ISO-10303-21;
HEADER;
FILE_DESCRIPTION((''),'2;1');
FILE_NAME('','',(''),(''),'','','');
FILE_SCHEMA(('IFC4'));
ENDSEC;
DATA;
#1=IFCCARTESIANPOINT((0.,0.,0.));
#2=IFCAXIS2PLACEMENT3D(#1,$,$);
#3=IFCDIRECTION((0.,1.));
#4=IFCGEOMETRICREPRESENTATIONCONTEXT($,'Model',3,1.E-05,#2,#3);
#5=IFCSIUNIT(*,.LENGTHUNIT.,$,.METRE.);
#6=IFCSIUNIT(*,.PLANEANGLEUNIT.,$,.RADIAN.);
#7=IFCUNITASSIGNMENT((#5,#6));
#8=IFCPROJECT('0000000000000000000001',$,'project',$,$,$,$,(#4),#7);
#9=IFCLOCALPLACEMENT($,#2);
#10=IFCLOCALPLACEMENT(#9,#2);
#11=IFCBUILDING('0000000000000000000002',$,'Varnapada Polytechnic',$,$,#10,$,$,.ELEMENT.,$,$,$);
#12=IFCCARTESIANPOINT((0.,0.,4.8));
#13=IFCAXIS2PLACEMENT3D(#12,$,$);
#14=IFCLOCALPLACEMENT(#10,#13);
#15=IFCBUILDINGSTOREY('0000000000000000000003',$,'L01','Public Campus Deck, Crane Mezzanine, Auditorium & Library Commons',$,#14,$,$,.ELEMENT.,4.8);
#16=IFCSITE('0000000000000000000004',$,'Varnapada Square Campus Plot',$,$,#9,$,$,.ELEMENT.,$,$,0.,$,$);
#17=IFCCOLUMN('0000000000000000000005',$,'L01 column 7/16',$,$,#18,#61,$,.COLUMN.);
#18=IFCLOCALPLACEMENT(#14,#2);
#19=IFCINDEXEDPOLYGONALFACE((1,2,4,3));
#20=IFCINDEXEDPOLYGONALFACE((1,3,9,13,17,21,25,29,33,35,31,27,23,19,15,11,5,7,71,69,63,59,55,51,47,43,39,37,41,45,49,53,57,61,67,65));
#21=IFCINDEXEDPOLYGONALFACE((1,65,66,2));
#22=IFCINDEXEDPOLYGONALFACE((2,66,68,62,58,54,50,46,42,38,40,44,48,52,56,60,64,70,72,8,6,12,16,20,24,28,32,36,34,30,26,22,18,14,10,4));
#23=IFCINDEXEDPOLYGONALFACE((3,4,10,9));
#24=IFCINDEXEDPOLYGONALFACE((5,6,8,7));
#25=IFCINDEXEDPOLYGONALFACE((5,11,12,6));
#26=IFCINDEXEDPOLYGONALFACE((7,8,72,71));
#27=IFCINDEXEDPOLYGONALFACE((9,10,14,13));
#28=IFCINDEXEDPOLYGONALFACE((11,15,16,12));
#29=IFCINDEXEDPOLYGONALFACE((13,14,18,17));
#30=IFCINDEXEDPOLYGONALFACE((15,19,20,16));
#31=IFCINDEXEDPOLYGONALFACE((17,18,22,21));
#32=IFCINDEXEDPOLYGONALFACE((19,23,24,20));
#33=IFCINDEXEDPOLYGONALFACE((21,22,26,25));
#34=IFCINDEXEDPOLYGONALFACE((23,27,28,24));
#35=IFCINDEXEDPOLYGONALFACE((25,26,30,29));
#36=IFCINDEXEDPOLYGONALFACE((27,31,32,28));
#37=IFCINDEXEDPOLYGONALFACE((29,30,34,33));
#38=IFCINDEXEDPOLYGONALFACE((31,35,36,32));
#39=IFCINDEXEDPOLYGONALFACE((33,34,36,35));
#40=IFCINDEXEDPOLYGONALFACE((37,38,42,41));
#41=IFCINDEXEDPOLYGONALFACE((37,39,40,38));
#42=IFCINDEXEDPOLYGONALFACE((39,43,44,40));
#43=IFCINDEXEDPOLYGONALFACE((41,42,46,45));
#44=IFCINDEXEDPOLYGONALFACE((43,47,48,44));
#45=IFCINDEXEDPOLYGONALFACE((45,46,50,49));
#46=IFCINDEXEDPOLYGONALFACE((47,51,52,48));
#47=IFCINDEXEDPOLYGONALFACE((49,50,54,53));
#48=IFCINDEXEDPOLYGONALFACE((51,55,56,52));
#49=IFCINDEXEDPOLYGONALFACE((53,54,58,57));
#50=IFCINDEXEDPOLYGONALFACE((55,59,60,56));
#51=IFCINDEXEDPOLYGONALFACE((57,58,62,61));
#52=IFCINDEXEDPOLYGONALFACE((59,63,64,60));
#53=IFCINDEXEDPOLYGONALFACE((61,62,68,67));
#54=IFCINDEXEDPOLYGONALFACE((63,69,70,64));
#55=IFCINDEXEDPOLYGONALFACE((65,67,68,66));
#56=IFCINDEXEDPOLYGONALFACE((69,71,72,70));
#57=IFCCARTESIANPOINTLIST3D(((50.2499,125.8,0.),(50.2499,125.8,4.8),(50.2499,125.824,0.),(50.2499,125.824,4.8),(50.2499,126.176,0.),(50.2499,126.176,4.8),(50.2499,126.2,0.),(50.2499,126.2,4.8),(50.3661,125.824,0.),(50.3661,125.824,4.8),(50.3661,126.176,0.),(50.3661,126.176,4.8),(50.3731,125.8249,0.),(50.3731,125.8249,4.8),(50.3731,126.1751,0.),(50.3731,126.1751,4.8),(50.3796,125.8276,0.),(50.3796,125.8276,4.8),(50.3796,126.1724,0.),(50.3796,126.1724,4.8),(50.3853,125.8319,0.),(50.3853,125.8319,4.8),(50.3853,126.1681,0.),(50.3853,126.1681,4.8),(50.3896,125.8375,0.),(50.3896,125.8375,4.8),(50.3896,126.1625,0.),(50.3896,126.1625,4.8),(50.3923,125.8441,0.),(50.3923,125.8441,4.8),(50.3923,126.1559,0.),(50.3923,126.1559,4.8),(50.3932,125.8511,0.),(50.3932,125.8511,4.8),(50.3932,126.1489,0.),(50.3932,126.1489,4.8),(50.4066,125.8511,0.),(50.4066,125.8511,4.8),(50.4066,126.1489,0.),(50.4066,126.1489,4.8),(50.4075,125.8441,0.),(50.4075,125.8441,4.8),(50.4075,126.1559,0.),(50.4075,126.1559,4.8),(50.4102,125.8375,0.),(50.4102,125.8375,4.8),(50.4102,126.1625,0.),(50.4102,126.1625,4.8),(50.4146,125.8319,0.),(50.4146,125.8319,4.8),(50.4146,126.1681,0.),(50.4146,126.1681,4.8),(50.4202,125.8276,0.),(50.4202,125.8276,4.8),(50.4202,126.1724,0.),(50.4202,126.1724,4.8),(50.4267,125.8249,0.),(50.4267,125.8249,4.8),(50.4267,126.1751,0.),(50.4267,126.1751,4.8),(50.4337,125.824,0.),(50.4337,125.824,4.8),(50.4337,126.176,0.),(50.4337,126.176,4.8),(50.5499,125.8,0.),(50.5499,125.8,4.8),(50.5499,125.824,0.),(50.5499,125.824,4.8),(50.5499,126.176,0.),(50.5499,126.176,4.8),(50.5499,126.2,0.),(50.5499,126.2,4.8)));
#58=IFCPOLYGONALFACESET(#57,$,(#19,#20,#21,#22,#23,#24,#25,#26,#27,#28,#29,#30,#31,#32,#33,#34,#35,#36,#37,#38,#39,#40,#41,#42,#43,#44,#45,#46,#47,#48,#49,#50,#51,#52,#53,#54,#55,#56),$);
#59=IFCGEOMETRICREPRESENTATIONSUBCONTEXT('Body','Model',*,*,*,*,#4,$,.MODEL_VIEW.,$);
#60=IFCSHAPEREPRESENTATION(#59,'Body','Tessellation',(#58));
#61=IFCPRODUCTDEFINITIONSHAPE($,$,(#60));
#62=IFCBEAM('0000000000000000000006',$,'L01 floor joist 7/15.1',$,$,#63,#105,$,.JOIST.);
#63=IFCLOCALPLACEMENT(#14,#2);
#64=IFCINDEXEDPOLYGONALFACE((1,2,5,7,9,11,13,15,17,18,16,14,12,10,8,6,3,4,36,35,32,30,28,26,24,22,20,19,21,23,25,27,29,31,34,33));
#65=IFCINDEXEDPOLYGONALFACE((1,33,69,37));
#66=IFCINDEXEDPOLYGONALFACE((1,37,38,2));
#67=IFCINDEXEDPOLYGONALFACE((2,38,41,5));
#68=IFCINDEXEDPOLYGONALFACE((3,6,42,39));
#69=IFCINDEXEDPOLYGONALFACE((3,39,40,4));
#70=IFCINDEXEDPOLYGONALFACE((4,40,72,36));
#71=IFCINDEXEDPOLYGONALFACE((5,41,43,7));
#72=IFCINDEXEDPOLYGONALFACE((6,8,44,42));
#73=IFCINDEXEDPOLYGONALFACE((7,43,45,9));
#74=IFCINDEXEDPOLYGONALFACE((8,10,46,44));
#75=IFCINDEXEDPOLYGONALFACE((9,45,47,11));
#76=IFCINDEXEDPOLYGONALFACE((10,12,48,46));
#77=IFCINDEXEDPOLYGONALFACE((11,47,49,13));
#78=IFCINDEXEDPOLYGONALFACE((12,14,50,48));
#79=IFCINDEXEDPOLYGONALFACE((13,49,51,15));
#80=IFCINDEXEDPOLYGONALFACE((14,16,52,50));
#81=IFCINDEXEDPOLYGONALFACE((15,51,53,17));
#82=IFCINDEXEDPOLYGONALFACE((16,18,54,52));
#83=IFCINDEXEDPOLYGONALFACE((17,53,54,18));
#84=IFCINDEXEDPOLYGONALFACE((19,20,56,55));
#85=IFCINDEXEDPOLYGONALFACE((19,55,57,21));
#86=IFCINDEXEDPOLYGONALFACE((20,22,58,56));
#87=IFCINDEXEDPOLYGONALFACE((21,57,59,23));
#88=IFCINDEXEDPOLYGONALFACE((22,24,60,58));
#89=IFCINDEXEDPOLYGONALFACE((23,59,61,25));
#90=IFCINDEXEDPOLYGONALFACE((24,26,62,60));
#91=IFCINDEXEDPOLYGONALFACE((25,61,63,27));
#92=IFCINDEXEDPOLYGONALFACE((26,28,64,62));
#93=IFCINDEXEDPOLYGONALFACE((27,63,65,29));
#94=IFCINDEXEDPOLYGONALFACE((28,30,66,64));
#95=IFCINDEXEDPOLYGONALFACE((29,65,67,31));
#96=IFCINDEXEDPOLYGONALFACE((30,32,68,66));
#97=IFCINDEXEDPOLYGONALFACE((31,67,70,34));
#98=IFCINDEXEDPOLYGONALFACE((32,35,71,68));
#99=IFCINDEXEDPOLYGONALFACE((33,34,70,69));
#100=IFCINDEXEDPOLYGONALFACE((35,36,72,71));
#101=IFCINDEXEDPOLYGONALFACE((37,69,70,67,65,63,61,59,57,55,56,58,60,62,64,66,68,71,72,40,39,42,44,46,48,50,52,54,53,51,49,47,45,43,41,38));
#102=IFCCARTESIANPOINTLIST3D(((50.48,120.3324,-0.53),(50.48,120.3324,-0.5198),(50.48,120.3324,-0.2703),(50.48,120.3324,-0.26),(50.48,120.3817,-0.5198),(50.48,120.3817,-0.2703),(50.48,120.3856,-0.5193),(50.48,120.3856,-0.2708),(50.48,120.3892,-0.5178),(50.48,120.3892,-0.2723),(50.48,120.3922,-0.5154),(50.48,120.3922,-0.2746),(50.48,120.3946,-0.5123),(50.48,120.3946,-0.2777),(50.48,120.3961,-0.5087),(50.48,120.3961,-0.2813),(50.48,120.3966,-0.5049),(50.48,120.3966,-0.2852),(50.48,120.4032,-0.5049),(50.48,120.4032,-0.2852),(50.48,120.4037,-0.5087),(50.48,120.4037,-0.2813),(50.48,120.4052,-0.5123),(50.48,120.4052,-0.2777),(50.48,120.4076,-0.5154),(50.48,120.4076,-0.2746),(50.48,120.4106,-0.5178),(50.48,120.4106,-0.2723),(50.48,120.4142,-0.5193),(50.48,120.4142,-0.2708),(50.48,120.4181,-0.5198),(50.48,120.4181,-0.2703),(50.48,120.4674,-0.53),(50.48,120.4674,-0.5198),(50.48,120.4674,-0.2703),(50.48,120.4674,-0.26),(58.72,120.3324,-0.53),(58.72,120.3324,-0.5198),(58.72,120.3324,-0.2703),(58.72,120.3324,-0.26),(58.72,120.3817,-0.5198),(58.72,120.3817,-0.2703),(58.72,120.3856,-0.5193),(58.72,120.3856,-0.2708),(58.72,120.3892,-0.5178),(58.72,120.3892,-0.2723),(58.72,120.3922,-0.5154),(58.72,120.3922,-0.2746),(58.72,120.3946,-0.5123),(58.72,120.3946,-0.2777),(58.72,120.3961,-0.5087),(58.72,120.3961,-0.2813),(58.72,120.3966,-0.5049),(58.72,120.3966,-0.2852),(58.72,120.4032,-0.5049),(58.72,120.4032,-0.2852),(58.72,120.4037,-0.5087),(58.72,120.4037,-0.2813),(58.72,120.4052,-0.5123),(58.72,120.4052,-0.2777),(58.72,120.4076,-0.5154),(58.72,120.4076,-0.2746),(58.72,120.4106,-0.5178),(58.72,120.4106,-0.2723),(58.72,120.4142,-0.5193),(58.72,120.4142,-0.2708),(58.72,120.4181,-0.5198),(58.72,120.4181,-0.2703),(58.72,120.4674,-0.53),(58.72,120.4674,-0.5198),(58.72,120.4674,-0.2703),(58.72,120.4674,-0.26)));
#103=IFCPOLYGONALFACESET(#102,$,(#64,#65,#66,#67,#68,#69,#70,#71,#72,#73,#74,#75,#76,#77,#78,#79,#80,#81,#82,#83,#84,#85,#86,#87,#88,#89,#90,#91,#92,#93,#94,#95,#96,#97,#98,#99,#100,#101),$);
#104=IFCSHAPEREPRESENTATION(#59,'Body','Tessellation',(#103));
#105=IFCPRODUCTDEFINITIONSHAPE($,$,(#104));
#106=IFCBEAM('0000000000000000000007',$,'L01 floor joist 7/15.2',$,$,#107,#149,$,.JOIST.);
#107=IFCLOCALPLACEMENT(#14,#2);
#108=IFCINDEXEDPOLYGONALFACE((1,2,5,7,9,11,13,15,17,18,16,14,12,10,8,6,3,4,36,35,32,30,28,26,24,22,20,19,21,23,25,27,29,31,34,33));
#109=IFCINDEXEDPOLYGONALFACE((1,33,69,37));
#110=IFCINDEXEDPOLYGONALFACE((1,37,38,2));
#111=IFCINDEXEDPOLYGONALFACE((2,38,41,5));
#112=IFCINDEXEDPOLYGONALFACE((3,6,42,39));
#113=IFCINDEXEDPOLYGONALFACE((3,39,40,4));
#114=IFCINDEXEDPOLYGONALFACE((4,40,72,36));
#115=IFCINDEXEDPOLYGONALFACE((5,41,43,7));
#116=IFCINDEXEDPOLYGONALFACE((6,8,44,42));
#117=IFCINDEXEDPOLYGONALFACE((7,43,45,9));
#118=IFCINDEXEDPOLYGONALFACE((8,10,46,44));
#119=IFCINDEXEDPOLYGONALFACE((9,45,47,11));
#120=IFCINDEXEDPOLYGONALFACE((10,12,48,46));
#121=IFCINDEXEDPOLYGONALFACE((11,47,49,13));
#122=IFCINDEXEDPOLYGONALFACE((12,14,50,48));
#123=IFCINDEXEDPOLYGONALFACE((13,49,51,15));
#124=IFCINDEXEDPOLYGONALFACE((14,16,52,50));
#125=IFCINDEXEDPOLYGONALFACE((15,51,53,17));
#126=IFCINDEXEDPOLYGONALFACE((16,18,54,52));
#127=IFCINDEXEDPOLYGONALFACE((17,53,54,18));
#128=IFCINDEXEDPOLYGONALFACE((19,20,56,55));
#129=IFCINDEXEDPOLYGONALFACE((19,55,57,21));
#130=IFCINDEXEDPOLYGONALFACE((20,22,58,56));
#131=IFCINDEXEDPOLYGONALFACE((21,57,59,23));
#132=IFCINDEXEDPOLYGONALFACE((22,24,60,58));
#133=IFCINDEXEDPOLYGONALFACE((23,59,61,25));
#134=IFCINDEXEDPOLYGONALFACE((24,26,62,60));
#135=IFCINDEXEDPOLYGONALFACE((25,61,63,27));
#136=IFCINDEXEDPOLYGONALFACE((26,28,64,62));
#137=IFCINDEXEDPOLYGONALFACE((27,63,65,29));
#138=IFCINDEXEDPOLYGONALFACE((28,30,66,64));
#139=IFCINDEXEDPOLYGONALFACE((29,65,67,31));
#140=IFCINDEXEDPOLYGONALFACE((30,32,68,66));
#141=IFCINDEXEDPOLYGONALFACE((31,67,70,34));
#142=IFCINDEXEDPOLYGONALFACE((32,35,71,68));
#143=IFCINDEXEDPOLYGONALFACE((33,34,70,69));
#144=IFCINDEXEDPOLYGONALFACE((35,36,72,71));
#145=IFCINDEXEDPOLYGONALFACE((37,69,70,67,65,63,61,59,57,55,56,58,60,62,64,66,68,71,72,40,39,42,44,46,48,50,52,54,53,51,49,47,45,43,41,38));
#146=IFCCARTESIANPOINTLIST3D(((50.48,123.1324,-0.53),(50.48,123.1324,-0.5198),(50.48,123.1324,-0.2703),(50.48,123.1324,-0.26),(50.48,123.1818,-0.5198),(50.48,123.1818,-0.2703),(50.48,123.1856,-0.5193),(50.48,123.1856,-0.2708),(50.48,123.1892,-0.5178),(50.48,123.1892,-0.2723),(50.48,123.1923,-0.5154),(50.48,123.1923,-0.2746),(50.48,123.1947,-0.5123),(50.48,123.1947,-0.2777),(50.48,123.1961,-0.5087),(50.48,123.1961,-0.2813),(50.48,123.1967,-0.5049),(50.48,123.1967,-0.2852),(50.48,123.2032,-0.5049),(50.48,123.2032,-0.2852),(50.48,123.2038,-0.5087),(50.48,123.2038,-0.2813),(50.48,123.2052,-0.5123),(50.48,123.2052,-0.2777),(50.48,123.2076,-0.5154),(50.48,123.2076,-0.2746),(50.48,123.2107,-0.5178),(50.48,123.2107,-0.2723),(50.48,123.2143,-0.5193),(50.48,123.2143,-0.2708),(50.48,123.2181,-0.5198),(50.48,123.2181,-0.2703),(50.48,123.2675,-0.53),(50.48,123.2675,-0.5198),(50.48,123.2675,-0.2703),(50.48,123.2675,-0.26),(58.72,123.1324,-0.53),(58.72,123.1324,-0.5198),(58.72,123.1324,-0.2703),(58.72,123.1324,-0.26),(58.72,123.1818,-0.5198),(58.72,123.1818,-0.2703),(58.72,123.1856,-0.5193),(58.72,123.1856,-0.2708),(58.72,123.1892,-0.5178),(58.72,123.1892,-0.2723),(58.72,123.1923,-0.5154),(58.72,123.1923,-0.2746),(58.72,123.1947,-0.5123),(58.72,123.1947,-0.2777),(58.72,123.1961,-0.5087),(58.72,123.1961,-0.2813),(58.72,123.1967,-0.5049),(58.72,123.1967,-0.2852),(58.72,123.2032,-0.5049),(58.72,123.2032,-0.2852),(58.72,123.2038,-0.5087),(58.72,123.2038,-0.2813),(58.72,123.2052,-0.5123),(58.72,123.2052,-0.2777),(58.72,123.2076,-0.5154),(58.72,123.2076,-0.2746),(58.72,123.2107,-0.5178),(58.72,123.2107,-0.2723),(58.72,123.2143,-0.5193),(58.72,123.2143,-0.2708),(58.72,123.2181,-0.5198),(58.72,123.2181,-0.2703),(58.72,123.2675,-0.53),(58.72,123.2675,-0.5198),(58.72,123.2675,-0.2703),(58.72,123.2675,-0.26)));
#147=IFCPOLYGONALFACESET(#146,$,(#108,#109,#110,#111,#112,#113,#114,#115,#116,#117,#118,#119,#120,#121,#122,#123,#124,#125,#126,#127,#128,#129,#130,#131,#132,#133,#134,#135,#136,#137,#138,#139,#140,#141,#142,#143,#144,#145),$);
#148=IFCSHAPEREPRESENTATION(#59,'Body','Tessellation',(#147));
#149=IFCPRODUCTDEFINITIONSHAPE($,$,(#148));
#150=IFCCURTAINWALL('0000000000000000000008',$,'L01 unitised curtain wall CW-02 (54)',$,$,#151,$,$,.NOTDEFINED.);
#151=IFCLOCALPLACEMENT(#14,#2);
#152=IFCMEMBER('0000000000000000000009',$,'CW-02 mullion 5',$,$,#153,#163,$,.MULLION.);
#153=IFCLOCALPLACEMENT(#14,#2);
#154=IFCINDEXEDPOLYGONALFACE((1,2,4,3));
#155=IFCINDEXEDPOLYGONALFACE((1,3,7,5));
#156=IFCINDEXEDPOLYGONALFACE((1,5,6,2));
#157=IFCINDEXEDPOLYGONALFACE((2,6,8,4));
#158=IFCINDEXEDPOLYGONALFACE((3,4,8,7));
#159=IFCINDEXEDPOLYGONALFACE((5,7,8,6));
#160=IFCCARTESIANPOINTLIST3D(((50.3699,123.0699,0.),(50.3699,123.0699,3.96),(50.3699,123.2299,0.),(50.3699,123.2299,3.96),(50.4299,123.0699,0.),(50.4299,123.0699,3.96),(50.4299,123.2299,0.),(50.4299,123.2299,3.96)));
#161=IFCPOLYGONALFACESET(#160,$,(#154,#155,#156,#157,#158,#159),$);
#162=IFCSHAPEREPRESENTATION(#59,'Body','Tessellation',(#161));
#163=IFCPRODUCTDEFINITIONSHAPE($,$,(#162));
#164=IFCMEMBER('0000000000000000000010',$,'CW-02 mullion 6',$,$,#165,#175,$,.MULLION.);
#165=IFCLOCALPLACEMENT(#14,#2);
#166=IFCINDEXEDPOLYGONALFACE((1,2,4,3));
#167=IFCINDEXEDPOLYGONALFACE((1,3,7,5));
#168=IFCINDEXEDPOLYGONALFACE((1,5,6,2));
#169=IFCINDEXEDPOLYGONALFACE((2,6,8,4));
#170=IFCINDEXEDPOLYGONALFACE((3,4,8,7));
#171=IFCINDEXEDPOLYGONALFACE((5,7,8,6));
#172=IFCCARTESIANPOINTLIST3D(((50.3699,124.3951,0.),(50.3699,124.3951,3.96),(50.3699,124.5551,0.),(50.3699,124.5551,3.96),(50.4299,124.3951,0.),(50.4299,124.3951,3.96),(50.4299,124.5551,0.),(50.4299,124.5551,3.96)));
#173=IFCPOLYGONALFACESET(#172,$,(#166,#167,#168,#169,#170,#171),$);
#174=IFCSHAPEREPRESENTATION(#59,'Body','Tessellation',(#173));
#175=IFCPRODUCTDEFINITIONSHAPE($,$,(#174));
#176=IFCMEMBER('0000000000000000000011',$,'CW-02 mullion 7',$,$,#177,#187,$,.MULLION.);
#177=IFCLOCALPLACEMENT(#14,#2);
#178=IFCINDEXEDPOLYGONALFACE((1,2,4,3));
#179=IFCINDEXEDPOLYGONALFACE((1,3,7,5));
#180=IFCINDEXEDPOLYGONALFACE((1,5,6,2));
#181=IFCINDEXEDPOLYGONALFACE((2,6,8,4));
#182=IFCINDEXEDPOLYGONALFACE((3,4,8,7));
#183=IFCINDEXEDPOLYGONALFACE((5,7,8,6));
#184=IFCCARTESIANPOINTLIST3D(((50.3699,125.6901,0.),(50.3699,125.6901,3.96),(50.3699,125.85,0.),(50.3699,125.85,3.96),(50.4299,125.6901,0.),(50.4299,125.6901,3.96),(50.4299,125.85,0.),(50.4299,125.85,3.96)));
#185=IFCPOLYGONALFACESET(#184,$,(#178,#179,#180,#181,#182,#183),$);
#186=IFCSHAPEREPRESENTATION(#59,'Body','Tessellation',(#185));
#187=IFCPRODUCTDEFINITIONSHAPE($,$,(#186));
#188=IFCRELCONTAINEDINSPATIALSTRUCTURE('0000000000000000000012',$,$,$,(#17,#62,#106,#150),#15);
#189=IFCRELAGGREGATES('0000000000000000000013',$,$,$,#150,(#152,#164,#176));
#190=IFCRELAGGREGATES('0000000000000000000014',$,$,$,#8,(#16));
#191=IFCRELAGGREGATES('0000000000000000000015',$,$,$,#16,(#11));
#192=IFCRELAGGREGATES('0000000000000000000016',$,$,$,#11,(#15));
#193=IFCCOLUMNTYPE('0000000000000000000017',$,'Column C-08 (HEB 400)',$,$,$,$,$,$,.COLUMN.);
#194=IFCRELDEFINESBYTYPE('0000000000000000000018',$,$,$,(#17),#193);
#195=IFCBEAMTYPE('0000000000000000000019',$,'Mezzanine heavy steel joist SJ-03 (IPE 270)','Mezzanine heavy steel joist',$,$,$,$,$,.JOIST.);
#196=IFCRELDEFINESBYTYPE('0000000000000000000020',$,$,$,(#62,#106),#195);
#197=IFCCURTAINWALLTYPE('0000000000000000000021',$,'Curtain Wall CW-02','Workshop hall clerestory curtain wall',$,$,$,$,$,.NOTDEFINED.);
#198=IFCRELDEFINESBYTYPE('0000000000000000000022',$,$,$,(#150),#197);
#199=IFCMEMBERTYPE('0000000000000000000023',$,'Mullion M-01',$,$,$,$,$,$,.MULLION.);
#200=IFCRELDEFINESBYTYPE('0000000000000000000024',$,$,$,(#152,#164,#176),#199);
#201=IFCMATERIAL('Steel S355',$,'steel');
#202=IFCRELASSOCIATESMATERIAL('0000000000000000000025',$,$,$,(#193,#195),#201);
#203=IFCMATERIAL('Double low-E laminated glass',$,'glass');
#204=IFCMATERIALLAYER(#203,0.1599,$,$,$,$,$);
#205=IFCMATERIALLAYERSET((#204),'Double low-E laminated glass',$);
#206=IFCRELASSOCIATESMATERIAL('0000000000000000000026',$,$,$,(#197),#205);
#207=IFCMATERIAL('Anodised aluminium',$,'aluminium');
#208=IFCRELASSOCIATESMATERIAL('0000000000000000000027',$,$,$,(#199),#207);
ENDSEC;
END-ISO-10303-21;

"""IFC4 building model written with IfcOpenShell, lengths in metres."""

from ifc_helpers import new_model, si_unit, direction, frame, origin, origin_2d, place, context, subcontext, project, spatial, rectangle, i_section, extrude, material, layer, layer_set, material_profile, profile_set, type_object, element, aggregate, save


model = new_model("IFC4")

# Units and contexts
model_context = context("Model", 3, precision=1e-05, world=origin(), true_north=direction((0.0, 1.0)))
body_context = subcontext(model_context, "Body", "Model", "MODEL_VIEW")
ifc_project = project(units=[si_unit("LENGTHUNIT", "METRE"), si_unit("PLANEANGLEUNIT", "RADIAN")], contexts=[model_context])

# Site, building, storey
site_placement = place(None, origin())
site = spatial("IfcSite", under=ifc_project, at=site_placement, Name="Varnapada Square Campus Plot", CompositionType="ELEMENT", RefElevation=0.0)
building_placement = place(site_placement, origin())
building = spatial("IfcBuilding", under=site, at=building_placement, Name="Varnapada Polytechnic", CompositionType="ELEMENT")
storey_placement = place(building_placement, frame((0.0, 0.0, 4.8)))
storey = spatial("IfcBuildingStorey", under=building, at=storey_placement, Name="L01", Description="Public Campus Deck, Crane Mezzanine, Auditorium & Library Commons", CompositionType="ELEMENT", Elevation=4.8)

# Column
ifc_material_1 = material(Name="Steel S355", Category="steel")
ifc_material_profile_1 = material_profile(ifc_material_1, i_section(OverallWidth=0.3, OverallDepth=0.3999, WebThickness=0.0134, FlangeThickness=0.0239, FilletRadius=0.0271, at=origin_2d()), Name="HEB 400")
ifc_profile_set_1 = profile_set([ifc_material_profile_1], Name="Steel S355")
column_type = type_object("IfcColumnType", Name="Column C-08 (HEB 400)", PredefinedType="COLUMN", material=ifc_profile_set_1)
column_placement = place(storey_placement, frame((50.3999, 126.0, 0.0), z_axis=(0.0, 0.0, 1.0), x_axis=(1.0, 0.0, 0.0)))
element("IfcColumn", 1, at=column_placement, inside=storey, type_object=column_type, Name="L01 column 7/16", PredefinedType="COLUMN", context=body_context, shape_type="SweptSolid", body=[
    extrude(i_section(OverallWidth=0.3, OverallDepth=0.3999, WebThickness=0.0134, FlangeThickness=0.0239, FilletRadius=0.0271, at=origin_2d()), origin(), (0.0, 0.0, 1.0), 4.8),
])

# Beams
ifc_material_profile_2 = material_profile(ifc_material_1, i_section(OverallWidth=0.135, OverallDepth=0.27, WebThickness=0.0066, FlangeThickness=0.0103, FilletRadius=0.0149, at=origin_2d()), Name="IPE 270")
ifc_profile_set_2 = profile_set([ifc_material_profile_2], Name="Steel S355")
beam_type_1 = type_object("IfcBeamType", Name="Mezzanine heavy steel joist SJ-03 (IPE 270)", Description="Mezzanine heavy steel joist", PredefinedType="JOIST", material=ifc_profile_set_2)
for number, where, z_axis, x_axis, name in (
    (2, (50.48, 120.3999, -0.395), (1.0, 0.0, 0.0), (0.0, 1.0, 0.0), "L01 floor joist 7/15.1"),
    (3, (50.48, 123.2, -0.395), (1.0, 0.0, 0.0), (0.0, 1.0, 0.0), "L01 floor joist 7/15.2"),
):
    element("IfcBeam", number, at=place(storey_placement, frame(where, z_axis=z_axis, x_axis=x_axis)), inside=storey, type_object=beam_type_1, Name=name, PredefinedType="JOIST", context=body_context, shape_type="SweptSolid", body=[
        extrude(i_section(OverallWidth=0.135, OverallDepth=0.27, WebThickness=0.0066, FlangeThickness=0.0103, FilletRadius=0.0149, at=origin_2d()), origin(), (0.0, 0.0, 1.0), 8.24),
    ])

# Curtain wall, members
ifc_material_2 = material(Name="Double low-E laminated glass", Category="glass")
ifc_layer_1 = layer(ifc_material_2, 0.1599)
ifc_layer_set_1 = layer_set([ifc_layer_1], Name="Double low-E laminated glass")
curtain_wall_type = type_object("IfcCurtainWallType", Name="Curtain Wall CW-02", Description="Workshop hall clerestory curtain wall", PredefinedType="NOTDEFINED", material=ifc_layer_set_1)
curtain_wall_placement = place(storey_placement, origin())
curtain_wall = element("IfcCurtainWall", 4, at=curtain_wall_placement, inside=storey, type_object=curtain_wall_type, Name="L01 unitised curtain wall CW-02 (54)", PredefinedType="NOTDEFINED")
ifc_material_3 = material(Name="Anodised aluminium", Category="aluminium")
ifc_material_profile_3 = material_profile(ifc_material_3, rectangle(XDim=0.0601, YDim=0.1599, at=origin_2d()), Name="ALU M60x160")
ifc_profile_set_3 = profile_set([ifc_material_profile_3], Name="Anodised aluminium")
member_type_1 = type_object("IfcMemberType", Name="Mullion M-01", PredefinedType="MULLION", material=ifc_profile_set_3)
member_1_placement = place(storey_placement, frame((50.3999, 123.1499, 0.0), z_axis=(0.0, 0.0, 1.0), x_axis=(-1.0, 0.0, 0.0)))
member_1 = element("IfcMember", 5, at=member_1_placement, type_object=member_type_1, Name="CW-02 mullion 5", PredefinedType="MULLION", context=body_context, shape_type="SweptSolid", body=[
    extrude(rectangle(XDim=0.0601, YDim=0.1599, at=origin_2d()), origin(), (0.0, 0.0, 1.0), 3.96),
])
member_2_placement = place(storey_placement, frame((50.3999, 124.4751, 0.0), z_axis=(0.0, 0.0, 1.0), x_axis=(-1.0, 0.0, 0.0)))
member_2 = element("IfcMember", 6, at=member_2_placement, type_object=member_type_1, Name="CW-02 mullion 6", PredefinedType="MULLION", context=body_context, shape_type="SweptSolid", body=[
    extrude(rectangle(XDim=0.0601, YDim=0.1599, at=origin_2d()), origin(), (0.0, 0.0, 1.0), 3.96),
])
member_3_placement = place(storey_placement, frame((50.3999, 125.77, 0.0), z_axis=(0.0, 0.0, 1.0), x_axis=(-1.0, 0.0, 0.0)))
member_3 = element("IfcMember", 7, at=member_3_placement, type_object=member_type_1, Name="CW-02 mullion 7", PredefinedType="MULLION", context=body_context, shape_type="SweptSolid", body=[
    extrude(rectangle(XDim=0.0601, YDim=0.1599, at=origin_2d()), origin(), (0.0, 0.0, 1.0), 3.96),
])

aggregate(curtain_wall, [member_1, member_2, member_3])

save(model, "model.ifc")
